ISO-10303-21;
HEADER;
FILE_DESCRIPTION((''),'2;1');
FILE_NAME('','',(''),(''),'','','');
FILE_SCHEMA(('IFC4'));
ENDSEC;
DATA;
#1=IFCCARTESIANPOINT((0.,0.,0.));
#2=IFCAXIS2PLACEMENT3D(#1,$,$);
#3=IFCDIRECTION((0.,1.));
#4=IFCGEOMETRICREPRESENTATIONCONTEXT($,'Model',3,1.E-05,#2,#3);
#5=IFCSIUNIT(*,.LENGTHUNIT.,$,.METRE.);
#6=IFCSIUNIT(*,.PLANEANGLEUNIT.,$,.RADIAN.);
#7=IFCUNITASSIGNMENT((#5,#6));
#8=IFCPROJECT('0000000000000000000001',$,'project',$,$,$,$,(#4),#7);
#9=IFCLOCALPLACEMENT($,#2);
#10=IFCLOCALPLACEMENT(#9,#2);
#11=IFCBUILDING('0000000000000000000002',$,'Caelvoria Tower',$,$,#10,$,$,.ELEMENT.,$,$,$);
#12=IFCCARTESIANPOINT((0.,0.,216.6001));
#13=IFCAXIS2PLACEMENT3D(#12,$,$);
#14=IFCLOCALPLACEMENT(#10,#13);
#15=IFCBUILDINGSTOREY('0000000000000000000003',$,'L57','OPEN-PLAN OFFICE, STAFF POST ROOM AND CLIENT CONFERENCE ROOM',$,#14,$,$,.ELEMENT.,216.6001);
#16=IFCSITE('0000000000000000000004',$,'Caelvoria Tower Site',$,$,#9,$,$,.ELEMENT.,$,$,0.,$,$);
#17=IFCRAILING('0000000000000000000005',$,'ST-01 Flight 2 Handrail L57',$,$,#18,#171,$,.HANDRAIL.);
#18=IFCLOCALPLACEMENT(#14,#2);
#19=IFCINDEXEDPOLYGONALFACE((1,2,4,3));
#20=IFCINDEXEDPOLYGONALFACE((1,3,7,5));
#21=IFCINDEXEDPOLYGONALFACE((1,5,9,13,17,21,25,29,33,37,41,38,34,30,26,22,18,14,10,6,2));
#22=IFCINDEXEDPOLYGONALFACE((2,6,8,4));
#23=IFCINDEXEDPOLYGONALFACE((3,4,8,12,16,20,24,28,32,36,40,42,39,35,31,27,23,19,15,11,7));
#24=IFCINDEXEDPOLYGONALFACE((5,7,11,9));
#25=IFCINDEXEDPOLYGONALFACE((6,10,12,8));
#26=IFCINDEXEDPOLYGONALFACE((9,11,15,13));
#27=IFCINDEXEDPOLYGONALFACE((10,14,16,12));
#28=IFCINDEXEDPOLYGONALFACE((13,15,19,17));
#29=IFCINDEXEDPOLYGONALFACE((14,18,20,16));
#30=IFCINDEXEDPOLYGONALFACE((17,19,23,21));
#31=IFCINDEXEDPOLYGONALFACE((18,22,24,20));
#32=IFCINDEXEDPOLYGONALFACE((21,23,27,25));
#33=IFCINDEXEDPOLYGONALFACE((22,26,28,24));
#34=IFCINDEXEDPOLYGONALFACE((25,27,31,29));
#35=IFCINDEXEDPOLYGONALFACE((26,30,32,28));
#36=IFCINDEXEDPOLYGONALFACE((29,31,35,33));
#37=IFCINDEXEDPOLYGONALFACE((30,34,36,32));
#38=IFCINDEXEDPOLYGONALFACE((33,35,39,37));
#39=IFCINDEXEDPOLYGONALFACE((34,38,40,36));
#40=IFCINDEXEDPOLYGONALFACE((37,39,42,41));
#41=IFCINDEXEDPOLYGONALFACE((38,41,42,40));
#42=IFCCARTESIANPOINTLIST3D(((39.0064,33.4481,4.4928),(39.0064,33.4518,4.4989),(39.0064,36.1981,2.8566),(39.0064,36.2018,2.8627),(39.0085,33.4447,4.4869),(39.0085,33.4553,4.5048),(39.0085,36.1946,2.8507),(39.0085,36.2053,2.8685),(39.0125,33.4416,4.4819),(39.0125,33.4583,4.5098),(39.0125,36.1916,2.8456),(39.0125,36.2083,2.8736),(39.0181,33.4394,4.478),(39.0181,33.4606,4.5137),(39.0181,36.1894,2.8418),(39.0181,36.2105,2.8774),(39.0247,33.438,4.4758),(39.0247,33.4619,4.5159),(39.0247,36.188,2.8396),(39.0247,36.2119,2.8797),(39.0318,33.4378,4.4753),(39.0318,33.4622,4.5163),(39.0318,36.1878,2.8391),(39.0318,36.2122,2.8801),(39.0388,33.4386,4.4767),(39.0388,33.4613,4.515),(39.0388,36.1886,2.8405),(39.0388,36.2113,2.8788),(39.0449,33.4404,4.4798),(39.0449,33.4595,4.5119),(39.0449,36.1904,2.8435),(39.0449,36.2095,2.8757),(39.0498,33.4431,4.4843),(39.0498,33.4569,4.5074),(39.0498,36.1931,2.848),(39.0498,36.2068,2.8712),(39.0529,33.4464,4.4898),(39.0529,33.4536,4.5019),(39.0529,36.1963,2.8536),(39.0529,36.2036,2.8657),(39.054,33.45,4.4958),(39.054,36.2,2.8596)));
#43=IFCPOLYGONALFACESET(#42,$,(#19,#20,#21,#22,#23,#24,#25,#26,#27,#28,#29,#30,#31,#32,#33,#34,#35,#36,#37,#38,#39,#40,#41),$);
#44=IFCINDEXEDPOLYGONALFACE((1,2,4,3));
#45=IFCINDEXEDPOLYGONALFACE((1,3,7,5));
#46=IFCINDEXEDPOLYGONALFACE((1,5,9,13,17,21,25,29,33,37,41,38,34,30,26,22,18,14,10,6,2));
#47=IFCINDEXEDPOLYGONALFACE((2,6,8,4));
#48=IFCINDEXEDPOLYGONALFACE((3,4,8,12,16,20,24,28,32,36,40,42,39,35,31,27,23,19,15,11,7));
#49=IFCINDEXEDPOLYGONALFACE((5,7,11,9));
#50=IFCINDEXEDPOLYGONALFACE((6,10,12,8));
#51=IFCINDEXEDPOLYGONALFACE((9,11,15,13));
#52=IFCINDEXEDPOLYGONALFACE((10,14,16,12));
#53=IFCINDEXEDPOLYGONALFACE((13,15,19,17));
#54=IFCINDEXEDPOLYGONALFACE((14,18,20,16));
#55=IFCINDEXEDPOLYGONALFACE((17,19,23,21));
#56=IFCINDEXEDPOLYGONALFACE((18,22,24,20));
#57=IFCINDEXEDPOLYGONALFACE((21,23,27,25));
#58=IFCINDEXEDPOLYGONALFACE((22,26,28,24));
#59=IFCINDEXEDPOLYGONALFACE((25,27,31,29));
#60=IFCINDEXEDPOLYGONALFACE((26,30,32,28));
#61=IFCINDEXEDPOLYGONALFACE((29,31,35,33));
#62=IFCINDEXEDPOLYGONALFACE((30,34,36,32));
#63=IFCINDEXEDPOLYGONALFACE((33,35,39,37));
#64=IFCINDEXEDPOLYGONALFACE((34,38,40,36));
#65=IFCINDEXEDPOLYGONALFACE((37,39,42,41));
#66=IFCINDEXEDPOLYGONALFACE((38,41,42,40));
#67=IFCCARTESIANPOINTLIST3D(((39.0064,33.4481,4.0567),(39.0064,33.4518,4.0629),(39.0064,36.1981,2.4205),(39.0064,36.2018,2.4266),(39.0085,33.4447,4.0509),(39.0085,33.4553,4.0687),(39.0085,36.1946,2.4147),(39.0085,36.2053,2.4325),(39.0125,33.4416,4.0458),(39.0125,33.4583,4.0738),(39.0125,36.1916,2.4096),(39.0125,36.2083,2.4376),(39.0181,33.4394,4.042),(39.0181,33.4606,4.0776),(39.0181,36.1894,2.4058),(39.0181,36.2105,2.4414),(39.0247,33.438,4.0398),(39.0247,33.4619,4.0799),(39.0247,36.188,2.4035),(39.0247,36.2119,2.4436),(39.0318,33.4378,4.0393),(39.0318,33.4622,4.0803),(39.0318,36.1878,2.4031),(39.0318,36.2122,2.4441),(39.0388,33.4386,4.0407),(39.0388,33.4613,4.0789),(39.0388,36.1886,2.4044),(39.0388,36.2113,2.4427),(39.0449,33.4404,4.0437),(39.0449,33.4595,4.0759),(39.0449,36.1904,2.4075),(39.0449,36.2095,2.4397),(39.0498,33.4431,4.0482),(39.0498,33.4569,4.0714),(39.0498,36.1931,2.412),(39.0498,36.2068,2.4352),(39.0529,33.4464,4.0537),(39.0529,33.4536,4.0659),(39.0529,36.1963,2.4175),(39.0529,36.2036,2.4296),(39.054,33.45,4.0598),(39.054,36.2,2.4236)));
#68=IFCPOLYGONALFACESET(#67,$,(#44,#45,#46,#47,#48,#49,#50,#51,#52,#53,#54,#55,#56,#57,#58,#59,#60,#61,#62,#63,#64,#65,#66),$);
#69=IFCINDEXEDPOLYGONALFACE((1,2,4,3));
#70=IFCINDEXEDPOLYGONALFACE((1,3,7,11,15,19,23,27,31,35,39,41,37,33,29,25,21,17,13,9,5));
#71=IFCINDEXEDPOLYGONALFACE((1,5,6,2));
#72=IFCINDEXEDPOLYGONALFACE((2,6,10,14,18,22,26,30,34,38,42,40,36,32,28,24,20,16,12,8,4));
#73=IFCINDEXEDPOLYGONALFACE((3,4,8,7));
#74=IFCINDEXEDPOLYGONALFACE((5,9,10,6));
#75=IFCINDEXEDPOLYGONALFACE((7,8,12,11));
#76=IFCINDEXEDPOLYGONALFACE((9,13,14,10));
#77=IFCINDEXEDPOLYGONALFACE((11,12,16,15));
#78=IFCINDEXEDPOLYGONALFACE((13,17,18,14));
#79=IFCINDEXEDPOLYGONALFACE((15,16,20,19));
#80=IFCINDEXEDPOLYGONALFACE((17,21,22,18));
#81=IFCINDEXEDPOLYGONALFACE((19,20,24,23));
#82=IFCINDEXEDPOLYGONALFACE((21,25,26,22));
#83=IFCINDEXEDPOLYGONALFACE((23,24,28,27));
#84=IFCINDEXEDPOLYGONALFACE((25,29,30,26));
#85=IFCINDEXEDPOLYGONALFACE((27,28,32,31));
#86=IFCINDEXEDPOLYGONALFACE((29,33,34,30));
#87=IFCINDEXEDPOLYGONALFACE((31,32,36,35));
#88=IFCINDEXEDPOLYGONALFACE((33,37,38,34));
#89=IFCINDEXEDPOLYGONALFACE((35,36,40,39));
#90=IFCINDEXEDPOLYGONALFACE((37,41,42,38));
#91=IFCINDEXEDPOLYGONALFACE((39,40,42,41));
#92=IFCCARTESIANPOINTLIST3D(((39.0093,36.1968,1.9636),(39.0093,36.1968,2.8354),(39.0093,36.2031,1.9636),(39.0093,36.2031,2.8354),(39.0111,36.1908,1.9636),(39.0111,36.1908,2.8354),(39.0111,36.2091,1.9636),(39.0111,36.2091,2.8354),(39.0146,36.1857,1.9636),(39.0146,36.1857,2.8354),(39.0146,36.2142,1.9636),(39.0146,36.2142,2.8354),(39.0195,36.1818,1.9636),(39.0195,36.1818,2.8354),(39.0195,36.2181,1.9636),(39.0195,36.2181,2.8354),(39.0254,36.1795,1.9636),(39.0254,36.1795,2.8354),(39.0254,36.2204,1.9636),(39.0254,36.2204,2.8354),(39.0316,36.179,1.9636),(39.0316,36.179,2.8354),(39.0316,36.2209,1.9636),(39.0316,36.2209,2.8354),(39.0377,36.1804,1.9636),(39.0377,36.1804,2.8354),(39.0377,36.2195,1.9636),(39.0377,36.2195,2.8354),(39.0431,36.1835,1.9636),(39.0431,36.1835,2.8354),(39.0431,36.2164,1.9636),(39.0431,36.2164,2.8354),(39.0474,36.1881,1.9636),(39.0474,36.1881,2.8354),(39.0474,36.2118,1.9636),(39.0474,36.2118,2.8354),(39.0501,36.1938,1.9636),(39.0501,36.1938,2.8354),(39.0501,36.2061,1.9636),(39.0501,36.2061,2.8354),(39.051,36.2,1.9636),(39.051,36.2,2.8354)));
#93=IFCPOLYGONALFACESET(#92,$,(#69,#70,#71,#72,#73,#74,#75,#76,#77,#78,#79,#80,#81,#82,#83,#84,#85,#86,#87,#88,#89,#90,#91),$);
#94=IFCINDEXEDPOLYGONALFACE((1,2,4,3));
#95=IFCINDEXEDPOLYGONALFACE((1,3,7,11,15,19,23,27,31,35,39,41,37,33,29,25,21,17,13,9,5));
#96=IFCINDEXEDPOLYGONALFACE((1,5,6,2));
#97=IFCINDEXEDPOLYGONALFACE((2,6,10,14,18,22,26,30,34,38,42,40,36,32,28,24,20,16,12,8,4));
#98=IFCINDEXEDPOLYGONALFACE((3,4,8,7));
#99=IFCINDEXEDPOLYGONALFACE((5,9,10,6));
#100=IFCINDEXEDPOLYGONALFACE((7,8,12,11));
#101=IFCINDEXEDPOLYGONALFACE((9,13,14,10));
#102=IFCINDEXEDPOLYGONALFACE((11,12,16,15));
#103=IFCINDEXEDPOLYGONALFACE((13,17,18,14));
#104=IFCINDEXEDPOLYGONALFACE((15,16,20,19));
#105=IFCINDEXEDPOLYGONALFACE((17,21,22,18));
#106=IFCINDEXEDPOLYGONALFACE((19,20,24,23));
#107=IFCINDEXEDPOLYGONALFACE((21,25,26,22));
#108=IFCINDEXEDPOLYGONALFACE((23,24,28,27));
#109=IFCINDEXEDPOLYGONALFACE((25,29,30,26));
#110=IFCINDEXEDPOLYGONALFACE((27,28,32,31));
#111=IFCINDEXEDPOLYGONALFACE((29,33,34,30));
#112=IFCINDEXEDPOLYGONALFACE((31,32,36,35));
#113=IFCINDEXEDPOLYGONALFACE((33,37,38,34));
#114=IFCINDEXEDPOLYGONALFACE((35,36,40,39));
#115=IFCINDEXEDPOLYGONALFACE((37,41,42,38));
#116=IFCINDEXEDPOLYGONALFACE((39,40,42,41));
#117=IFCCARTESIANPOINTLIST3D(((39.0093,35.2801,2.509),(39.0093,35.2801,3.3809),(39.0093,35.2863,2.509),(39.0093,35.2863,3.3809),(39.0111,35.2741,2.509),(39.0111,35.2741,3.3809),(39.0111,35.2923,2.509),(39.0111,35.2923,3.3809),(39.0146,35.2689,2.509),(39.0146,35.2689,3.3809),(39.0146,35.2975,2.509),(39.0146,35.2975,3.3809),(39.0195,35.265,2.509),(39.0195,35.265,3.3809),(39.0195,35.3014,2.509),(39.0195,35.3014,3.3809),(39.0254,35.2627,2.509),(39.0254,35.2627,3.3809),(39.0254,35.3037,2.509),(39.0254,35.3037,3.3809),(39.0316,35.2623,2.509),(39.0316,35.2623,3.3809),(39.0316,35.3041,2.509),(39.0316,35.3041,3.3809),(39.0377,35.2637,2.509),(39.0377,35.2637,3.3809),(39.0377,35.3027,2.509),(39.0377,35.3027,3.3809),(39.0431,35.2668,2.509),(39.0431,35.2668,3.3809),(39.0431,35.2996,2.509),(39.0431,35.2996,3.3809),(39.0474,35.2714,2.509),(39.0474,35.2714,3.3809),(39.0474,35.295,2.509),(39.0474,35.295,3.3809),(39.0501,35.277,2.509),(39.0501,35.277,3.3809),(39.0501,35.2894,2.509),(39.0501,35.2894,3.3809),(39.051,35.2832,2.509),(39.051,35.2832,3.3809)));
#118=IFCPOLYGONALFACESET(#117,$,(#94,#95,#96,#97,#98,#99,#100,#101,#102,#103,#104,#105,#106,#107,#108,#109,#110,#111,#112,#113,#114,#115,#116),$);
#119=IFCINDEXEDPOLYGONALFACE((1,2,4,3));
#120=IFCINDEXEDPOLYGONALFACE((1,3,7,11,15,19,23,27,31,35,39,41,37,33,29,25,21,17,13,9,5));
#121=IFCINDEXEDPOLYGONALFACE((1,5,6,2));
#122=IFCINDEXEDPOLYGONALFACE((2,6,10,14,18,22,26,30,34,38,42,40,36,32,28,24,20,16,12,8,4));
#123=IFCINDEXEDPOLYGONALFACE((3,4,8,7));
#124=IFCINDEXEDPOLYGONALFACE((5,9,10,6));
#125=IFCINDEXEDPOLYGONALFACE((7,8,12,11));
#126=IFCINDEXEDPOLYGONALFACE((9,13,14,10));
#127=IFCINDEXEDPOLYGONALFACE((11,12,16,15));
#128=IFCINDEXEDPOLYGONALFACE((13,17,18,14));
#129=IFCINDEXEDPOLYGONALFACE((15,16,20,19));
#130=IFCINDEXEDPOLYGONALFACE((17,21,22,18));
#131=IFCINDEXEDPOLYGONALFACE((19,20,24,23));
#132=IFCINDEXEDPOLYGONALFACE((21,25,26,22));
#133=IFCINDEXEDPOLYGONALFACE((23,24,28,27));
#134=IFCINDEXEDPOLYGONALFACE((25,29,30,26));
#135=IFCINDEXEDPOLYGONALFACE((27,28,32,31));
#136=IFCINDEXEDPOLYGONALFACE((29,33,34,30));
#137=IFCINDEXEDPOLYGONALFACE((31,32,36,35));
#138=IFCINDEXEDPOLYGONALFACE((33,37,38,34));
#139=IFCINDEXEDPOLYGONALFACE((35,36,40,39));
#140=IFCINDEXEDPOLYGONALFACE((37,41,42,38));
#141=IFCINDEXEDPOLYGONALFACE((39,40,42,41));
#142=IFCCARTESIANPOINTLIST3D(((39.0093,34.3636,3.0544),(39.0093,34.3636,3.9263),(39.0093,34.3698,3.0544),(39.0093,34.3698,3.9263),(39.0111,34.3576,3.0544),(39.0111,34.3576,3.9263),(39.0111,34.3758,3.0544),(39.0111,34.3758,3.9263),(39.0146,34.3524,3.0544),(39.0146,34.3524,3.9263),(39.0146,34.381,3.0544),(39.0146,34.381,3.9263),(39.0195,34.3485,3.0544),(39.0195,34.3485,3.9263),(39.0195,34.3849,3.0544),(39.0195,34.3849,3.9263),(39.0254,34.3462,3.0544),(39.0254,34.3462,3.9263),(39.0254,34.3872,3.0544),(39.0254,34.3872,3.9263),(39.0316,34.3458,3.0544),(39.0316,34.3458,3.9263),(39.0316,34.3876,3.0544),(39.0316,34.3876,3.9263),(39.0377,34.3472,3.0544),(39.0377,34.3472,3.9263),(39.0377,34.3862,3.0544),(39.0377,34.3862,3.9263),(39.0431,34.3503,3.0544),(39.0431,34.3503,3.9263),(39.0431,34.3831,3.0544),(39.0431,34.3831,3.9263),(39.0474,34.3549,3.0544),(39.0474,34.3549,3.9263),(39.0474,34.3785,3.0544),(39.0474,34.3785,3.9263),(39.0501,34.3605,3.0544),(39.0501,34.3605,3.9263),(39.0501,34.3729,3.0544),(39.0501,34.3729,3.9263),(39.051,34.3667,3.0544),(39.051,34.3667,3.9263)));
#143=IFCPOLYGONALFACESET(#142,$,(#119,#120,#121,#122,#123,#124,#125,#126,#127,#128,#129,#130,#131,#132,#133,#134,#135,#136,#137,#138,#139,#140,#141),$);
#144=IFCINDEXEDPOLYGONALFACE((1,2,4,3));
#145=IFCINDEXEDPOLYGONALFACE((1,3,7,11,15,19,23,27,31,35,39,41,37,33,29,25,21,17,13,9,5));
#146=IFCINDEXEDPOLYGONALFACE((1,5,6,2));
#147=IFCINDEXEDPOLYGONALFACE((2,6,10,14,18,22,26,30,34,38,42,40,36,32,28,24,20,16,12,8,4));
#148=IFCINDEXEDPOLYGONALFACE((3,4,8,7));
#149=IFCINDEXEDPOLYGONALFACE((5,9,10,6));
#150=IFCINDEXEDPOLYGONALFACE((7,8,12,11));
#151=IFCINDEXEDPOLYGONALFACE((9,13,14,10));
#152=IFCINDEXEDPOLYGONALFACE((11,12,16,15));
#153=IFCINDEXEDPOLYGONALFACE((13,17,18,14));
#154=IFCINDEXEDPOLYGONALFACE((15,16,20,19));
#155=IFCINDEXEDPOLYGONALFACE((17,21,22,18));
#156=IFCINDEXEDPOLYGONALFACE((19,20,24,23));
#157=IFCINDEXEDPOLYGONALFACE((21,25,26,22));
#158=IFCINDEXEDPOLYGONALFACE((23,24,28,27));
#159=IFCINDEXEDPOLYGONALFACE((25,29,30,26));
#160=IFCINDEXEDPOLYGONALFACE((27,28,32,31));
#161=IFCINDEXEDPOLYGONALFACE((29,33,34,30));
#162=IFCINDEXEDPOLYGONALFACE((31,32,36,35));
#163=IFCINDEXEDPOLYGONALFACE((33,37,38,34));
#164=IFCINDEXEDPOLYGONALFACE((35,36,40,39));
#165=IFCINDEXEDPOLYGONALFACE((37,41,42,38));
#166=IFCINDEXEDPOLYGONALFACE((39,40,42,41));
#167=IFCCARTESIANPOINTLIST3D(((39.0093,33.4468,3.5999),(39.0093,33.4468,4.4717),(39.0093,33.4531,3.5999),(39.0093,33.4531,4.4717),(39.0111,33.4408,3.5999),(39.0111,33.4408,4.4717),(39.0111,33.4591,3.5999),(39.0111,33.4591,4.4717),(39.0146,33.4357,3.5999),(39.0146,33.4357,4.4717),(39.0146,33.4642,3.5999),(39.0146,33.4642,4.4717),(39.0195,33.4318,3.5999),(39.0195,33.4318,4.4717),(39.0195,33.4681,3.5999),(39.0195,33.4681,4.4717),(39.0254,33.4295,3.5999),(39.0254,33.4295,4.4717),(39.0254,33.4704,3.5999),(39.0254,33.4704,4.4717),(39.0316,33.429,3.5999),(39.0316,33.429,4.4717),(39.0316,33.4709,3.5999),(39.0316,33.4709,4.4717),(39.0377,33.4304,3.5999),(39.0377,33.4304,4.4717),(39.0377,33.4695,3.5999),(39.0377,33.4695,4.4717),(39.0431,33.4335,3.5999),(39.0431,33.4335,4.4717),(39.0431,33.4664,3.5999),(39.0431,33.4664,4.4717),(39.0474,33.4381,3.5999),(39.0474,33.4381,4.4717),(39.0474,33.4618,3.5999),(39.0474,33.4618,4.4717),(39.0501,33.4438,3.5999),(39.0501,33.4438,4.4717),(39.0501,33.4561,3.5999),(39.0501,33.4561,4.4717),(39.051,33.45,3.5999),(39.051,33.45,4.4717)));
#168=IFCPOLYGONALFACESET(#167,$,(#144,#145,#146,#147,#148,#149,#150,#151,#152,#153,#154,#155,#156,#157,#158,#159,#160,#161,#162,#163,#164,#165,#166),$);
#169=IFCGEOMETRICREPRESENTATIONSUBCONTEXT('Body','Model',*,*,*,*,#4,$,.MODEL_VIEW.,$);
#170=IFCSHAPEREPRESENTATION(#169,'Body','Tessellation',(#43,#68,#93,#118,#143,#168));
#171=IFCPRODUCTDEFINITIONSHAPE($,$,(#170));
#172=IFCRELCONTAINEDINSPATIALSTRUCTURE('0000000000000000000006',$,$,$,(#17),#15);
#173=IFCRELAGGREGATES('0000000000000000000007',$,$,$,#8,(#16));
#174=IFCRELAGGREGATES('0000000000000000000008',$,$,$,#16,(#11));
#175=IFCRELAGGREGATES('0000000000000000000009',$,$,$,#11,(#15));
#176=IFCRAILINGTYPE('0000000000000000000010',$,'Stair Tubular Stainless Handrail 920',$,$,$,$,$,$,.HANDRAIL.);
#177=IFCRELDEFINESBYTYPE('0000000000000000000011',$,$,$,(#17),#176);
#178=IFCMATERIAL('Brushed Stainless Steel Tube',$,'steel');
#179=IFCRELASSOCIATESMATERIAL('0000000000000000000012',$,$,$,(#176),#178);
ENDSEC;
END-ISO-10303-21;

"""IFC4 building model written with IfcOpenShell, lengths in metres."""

from ifc_helpers import new_model, si_unit, direction, frame, origin, origin_2d, place, context, subcontext, project, spatial, circle, extrude, material, type_object, element, save


model = new_model("IFC4")

# Units and contexts
model_context = context("Model", 3, precision=1e-05, world=origin(), true_north=direction((0.0, 1.0)))
body_context = subcontext(model_context, "Body", "Model", "MODEL_VIEW")
ifc_project = project(units=[si_unit("LENGTHUNIT", "METRE"), si_unit("PLANEANGLEUNIT", "RADIAN")], contexts=[model_context])

# Site, building, storey
site_placement = place(None, origin())
site = spatial("IfcSite", under=ifc_project, at=site_placement, Name="Caelvoria Tower Site", CompositionType="ELEMENT", RefElevation=0.0)
building_placement = place(site_placement, origin())
building = spatial("IfcBuilding", under=site, at=building_placement, Name="Caelvoria Tower", CompositionType="ELEMENT")
storey_placement = place(building_placement, frame((0.0, 0.0, 216.6001)))
storey = spatial("IfcBuildingStorey", under=building, at=storey_placement, Name="L57", Description="OPEN-PLAN OFFICE, STAFF POST ROOM AND CLIENT CONFERENCE ROOM", CompositionType="ELEMENT", Elevation=216.6001)

# Railing
ifc_material_1 = material(Name="Brushed Stainless Steel Tube", Category="steel")
railing_type_1 = type_object("IfcRailingType", Name="Stair Tubular Stainless Handrail 920", PredefinedType="HANDRAIL", material=ifc_material_1)
railing_1_placement = place(storey_placement, frame((39.03, 36.2, 1.9636)))
element("IfcRailing", 1, at=railing_1_placement, inside=storey, type_object=railing_type_1, Name="ST-01 Flight 2 Handrail L57", PredefinedType="HANDRAIL", context=body_context, shape_type="SweptSolid", body=[
    extrude(circle(Radius=0.0239, at=origin_2d()), frame((0.0, 0.0, 0.896), z_axis=(0.0, -0.859385, 0.511328), x_axis=(1.0, 0.0, 0.0)), (0.0, 0.0, 1.0), 3.2),
    extrude(circle(Radius=0.0239, at=origin_2d()), frame((0.0, 0.0, 0.46), z_axis=(0.0, -0.859385, 0.511328), x_axis=(1.0, 0.0, 0.0)), (0.0, 0.0, 1.0), 3.2),
    extrude(circle(Radius=0.021, at=origin_2d()), origin(), (0.0, 0.0, 1.0), 0.8718),
    extrude(circle(Radius=0.021, at=origin_2d()), frame((0.0, -0.9167, 0.5454)), (0.0, 0.0, 1.0), 0.8718),
    extrude(circle(Radius=0.021, at=origin_2d()), frame((0.0, -1.8333, 1.0908)), (0.0, 0.0, 1.0), 0.8718),
    extrude(circle(Radius=0.021, at=origin_2d()), frame((0.0, -2.75, 1.6362)), (0.0, 0.0, 1.0), 0.8718),
])

save(model, "model.ifc")
